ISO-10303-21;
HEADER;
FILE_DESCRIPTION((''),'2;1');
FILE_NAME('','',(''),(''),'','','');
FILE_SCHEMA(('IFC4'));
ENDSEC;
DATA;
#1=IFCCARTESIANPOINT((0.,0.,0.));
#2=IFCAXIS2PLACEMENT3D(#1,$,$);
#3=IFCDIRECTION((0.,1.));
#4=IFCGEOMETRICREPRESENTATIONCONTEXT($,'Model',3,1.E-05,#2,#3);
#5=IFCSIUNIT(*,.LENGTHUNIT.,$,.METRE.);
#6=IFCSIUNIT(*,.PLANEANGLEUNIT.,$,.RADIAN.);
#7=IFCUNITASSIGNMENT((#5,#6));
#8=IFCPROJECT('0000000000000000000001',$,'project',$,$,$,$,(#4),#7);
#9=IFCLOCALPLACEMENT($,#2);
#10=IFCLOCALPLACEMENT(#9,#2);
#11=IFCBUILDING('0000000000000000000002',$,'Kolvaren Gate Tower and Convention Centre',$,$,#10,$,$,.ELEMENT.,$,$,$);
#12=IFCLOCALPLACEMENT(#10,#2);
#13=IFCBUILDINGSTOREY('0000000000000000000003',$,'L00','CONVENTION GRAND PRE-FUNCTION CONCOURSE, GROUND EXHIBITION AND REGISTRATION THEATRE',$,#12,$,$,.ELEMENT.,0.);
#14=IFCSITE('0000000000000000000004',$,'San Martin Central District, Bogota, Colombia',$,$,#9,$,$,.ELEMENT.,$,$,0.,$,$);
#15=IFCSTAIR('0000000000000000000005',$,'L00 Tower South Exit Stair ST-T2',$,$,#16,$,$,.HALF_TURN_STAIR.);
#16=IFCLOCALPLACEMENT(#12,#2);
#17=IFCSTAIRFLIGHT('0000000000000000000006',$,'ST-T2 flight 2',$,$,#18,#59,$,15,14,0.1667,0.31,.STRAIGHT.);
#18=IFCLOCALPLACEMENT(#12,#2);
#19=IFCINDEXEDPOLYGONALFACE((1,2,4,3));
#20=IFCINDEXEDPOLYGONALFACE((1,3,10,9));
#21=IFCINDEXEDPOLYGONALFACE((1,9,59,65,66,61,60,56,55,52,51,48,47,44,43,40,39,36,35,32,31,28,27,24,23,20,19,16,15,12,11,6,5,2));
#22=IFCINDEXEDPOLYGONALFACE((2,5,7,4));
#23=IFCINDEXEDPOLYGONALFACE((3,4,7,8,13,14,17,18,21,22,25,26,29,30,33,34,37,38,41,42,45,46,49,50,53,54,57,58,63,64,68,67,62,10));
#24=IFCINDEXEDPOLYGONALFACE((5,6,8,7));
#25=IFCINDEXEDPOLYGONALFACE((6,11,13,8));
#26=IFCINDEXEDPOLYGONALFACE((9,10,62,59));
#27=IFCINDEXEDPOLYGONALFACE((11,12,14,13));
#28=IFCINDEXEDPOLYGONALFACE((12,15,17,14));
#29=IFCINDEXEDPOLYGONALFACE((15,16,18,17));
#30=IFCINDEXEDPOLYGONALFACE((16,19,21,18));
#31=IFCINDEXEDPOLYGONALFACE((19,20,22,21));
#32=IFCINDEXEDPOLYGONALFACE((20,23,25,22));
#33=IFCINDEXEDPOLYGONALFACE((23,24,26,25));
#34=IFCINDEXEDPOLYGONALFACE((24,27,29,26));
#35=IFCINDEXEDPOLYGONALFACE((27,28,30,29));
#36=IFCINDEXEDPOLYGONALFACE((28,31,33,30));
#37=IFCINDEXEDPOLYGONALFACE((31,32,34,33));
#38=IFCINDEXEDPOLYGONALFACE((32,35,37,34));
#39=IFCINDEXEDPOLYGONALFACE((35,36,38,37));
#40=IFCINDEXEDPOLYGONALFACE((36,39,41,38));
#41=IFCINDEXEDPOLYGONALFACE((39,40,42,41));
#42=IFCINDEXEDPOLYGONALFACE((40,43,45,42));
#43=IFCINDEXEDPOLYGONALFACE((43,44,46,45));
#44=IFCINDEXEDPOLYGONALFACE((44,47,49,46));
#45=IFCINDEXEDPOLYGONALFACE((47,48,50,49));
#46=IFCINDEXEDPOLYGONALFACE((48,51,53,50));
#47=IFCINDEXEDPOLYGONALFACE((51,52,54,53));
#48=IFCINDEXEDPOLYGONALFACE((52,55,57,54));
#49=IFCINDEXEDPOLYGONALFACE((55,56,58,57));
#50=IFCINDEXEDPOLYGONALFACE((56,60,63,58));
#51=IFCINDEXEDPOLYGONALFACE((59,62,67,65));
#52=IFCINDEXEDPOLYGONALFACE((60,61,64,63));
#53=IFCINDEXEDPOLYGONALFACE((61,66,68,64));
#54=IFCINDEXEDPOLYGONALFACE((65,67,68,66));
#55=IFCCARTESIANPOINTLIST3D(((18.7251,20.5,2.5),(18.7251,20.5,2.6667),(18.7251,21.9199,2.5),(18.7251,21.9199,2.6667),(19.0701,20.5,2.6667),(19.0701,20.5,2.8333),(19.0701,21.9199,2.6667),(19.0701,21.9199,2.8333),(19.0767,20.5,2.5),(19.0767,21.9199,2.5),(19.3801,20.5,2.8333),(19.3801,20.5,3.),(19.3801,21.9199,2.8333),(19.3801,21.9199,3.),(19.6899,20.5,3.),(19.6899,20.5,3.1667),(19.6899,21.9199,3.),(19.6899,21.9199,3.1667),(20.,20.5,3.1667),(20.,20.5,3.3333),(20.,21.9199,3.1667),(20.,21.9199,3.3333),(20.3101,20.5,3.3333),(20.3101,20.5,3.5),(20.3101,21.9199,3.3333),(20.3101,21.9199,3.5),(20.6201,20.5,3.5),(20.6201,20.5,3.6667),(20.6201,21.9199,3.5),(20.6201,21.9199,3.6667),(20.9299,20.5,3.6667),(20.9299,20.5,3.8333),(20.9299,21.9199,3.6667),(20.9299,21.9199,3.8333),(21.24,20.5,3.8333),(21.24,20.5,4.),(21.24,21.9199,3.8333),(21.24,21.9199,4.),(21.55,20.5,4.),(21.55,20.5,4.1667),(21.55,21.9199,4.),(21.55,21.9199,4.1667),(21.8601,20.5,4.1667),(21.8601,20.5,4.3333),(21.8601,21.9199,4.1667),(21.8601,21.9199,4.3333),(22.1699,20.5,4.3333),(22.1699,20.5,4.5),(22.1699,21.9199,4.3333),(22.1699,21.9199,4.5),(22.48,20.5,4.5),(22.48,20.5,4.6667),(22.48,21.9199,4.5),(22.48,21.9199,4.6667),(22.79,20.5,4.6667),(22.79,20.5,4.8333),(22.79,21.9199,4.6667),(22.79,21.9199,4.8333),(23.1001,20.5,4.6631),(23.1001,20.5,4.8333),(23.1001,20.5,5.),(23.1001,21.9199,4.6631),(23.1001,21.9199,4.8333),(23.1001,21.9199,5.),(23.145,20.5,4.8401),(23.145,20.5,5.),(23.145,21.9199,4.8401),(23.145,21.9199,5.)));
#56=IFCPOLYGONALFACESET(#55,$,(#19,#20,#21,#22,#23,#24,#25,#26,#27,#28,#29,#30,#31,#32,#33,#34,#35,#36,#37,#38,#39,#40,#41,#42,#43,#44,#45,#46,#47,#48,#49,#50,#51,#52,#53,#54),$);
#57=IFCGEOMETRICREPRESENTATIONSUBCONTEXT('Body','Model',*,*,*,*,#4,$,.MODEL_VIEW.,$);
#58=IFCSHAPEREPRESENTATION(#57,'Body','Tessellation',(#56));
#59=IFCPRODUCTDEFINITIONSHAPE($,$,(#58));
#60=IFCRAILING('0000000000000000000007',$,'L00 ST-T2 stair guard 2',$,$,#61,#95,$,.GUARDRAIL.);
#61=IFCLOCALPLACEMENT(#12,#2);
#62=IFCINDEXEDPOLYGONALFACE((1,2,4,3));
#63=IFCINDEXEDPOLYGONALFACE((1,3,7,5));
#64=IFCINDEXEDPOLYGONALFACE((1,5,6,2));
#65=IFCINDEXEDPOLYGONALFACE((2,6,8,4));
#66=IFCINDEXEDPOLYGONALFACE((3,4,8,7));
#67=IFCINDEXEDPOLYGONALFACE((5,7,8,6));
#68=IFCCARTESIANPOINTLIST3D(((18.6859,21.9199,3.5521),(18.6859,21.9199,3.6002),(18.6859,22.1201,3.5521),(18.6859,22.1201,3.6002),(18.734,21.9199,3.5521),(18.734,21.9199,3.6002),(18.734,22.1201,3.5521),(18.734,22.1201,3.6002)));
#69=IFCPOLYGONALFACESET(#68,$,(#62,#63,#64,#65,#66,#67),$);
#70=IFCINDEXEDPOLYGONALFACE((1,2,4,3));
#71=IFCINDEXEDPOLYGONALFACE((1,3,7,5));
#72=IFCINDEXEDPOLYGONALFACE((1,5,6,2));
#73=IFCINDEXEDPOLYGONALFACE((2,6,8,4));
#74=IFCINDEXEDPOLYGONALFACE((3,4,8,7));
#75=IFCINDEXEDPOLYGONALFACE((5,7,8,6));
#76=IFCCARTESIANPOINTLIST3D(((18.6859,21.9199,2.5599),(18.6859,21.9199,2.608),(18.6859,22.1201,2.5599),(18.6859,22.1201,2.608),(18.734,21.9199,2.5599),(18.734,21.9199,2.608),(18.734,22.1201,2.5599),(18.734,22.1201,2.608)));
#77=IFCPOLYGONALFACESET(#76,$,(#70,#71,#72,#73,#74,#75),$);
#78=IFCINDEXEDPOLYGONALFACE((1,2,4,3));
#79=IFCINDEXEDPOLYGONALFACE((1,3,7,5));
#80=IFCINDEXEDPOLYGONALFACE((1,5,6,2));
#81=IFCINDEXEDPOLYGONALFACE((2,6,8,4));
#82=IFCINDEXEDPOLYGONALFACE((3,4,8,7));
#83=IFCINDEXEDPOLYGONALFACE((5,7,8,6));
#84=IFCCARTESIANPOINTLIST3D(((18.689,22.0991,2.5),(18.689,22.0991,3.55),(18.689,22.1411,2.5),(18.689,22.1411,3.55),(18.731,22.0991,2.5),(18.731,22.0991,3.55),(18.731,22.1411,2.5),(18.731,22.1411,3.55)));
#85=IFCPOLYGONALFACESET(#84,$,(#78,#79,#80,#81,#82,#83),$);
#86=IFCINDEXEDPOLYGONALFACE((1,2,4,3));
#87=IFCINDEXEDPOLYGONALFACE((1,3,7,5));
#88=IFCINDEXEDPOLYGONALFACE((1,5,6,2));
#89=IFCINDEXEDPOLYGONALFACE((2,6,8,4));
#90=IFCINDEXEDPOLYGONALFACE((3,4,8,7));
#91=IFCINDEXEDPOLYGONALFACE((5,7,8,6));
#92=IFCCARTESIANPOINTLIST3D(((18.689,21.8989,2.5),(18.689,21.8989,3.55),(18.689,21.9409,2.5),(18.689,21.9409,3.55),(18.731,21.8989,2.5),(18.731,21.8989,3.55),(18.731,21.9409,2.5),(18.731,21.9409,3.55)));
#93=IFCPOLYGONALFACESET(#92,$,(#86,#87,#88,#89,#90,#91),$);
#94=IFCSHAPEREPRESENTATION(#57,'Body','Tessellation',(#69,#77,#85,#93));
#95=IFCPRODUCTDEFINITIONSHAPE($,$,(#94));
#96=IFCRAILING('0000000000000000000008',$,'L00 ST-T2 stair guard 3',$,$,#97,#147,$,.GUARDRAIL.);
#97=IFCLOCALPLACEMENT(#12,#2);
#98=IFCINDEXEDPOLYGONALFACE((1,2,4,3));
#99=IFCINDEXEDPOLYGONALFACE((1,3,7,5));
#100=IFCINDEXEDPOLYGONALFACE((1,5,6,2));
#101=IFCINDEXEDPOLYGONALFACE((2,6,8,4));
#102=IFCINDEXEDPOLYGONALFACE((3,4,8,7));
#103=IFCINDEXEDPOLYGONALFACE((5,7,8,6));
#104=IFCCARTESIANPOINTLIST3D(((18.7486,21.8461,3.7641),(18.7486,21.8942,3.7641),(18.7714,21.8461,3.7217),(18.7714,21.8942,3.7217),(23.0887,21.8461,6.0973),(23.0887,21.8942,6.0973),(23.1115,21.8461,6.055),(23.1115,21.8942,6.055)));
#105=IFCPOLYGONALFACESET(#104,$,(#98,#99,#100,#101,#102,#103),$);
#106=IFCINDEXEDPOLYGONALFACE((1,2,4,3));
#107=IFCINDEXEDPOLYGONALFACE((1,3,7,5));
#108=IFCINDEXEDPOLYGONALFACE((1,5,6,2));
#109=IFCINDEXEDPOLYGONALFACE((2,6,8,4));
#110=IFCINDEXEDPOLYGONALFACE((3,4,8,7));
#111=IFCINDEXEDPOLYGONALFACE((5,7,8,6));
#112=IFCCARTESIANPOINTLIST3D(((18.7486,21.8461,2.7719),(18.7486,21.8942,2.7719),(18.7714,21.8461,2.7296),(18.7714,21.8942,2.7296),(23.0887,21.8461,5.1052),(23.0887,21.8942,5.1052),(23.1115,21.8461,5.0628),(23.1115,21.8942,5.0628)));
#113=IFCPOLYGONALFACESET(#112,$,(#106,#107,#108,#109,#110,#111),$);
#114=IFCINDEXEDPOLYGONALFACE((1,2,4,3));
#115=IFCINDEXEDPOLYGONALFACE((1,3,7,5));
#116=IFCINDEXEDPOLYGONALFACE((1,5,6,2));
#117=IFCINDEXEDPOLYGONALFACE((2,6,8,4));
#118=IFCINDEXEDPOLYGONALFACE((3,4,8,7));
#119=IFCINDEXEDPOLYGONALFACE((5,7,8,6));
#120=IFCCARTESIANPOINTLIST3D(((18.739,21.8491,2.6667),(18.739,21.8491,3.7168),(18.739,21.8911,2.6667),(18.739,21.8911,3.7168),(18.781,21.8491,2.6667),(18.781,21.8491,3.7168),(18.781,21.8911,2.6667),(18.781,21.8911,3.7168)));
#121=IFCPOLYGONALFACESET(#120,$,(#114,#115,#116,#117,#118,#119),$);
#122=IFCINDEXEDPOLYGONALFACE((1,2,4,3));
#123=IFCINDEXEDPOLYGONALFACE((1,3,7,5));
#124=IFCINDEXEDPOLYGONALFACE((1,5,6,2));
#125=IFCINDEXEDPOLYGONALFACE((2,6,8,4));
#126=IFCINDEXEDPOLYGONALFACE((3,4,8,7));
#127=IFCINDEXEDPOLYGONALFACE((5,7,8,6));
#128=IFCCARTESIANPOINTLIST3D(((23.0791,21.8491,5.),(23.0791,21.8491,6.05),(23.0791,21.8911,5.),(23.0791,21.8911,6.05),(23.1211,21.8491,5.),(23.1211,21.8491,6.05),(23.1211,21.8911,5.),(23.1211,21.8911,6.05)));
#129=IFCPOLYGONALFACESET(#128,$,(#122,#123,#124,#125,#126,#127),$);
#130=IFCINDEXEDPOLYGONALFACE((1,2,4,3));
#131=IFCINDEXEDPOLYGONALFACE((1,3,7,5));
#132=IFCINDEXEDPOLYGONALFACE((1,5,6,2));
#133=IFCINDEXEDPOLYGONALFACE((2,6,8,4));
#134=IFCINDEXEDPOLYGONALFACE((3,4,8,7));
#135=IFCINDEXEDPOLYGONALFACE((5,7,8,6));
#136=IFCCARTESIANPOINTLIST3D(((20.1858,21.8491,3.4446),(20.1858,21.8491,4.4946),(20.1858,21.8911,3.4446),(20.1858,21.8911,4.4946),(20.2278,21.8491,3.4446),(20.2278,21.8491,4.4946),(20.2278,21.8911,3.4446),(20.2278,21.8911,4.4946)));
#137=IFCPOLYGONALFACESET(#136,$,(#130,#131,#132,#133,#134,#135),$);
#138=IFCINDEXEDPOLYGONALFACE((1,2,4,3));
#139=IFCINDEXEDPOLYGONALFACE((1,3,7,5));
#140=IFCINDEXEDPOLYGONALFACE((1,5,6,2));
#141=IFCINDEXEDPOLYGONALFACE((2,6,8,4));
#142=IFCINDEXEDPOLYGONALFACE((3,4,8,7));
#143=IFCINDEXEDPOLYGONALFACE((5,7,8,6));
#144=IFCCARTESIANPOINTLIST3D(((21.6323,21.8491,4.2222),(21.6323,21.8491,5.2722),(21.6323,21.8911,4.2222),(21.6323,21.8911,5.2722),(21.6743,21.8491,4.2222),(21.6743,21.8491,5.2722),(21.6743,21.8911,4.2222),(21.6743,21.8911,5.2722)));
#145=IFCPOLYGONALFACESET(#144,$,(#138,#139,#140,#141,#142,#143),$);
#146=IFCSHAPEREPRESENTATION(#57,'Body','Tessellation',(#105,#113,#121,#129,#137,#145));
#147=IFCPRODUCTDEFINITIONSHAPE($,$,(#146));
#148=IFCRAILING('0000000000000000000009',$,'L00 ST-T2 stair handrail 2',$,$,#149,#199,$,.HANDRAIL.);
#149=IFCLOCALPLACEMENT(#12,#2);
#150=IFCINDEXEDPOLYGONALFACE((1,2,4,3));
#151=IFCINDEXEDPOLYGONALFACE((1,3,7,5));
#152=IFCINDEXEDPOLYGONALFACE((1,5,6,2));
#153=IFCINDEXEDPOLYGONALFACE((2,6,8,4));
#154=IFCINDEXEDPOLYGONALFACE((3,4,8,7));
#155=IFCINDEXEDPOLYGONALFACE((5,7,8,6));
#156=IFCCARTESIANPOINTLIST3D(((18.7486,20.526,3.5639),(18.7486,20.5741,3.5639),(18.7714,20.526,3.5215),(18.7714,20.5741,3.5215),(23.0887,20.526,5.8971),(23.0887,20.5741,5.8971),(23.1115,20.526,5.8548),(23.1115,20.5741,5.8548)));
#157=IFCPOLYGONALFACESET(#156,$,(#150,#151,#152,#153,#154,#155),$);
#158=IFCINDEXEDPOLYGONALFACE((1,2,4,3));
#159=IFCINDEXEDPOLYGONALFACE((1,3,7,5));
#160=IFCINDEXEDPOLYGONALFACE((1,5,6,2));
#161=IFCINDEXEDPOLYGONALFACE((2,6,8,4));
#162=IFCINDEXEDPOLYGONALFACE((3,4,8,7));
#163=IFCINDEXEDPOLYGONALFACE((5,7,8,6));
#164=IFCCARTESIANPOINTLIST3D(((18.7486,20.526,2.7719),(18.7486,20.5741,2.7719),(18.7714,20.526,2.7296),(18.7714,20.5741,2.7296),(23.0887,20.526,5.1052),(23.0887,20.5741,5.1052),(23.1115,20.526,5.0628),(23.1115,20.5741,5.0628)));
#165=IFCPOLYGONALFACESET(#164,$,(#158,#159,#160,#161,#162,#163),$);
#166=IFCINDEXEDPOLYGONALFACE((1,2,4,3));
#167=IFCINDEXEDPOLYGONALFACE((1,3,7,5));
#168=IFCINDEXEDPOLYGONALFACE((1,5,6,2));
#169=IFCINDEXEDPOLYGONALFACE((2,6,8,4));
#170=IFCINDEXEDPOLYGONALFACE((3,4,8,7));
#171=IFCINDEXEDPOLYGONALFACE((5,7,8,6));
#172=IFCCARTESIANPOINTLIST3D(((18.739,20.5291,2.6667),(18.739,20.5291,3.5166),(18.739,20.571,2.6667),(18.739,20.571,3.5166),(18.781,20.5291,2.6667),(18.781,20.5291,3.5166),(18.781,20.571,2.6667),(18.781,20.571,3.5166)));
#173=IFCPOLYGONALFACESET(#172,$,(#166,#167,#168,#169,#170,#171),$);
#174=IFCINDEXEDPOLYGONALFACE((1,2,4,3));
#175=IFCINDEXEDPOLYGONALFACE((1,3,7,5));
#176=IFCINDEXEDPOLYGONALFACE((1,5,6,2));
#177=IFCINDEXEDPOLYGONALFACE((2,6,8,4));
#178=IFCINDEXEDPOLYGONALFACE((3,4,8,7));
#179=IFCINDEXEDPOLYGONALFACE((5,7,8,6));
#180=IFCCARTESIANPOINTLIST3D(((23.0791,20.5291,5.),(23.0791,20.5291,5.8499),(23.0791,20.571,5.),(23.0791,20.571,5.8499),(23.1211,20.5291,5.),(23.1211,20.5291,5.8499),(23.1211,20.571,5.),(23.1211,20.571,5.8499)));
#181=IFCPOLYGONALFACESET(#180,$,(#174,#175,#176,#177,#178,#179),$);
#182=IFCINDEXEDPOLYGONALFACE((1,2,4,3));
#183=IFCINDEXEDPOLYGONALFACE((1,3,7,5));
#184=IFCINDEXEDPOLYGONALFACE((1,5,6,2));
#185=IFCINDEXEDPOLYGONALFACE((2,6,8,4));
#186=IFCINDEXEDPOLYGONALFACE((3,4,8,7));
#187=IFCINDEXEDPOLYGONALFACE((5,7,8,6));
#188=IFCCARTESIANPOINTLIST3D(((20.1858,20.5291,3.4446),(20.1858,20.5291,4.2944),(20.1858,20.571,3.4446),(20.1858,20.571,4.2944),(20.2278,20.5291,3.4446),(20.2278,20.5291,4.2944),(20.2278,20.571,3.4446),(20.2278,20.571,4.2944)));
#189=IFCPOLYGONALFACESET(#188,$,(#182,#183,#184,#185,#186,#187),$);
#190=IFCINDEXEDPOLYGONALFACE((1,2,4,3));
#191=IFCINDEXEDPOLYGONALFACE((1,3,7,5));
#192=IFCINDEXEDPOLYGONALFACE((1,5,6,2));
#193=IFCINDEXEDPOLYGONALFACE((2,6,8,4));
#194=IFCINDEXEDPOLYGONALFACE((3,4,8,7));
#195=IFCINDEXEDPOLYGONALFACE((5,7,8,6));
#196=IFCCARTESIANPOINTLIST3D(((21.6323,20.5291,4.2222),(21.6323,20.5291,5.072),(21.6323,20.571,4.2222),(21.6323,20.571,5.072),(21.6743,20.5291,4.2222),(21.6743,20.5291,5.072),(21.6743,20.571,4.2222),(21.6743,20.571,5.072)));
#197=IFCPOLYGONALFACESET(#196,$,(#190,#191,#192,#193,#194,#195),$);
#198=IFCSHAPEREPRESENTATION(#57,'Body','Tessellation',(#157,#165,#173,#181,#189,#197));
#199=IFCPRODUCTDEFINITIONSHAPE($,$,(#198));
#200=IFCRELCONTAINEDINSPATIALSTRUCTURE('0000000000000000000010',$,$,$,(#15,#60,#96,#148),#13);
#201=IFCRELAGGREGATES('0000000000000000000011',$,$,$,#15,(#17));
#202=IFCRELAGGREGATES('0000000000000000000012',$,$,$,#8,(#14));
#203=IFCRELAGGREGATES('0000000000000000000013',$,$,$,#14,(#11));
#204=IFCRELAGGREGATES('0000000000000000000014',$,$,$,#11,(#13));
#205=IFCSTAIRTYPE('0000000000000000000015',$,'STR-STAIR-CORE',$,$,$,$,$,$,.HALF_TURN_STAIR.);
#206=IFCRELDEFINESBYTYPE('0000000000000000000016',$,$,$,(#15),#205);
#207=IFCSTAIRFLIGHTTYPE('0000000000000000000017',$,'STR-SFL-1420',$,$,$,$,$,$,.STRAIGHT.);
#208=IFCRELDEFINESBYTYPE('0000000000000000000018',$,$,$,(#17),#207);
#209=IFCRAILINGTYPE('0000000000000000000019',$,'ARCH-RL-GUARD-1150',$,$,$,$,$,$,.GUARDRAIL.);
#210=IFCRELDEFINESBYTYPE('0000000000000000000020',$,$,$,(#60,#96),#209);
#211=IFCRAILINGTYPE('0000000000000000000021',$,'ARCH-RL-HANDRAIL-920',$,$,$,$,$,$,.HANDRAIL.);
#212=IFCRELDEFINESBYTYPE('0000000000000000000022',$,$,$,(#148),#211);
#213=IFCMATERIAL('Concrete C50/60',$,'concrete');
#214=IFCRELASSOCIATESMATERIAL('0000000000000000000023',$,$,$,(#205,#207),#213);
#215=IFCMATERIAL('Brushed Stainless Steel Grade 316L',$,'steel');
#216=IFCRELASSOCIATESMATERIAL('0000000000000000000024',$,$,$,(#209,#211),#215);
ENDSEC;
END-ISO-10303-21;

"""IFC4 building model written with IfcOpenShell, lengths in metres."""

from ifc_helpers import new_model, si_unit, direction, frame, origin, origin_2d, place, context, subcontext, project, spatial, polyline, rectangle, outline, extrude, material, type_object, element, aggregate, save


model = new_model("IFC4")

# Units and contexts
model_context = context("Model", 3, precision=1e-05, world=origin(), true_north=direction((0.0, 1.0)))
body_context = subcontext(model_context, "Body", "Model", "MODEL_VIEW")
ifc_project = project(units=[si_unit("LENGTHUNIT", "METRE"), si_unit("PLANEANGLEUNIT", "RADIAN")], contexts=[model_context])

# Site, building, storey
site_placement = place(None, origin())
site = spatial("IfcSite", under=ifc_project, at=site_placement, Name="San Martin Central District, Bogota, Colombia", CompositionType="ELEMENT", RefElevation=0.0)
building_placement = place(site_placement, origin())
building = spatial("IfcBuilding", under=site, at=building_placement, Name="Kolvaren Gate Tower and Convention Centre", CompositionType="ELEMENT")
storey_placement = place(building_placement, origin())
storey = spatial("IfcBuildingStorey", under=building, at=storey_placement, Name="L00", Description="CONVENTION GRAND PRE-FUNCTION CONCOURSE, GROUND EXHIBITION AND REGISTRATION THEATRE", CompositionType="ELEMENT", Elevation=0.0)

# Shared definitions
ifc_material_1 = material(Name="Brushed Stainless Steel Grade 316L", Category="steel")

# Shared definitions
ifc_material_2 = material(Name="Concrete C50/60", Category="concrete")

# Stair, stair flight
stair_type = type_object("IfcStairType", Name="STR-STAIR-CORE", PredefinedType="HALF_TURN_STAIR", material=ifc_material_2)
stair_placement = place(storey_placement, origin())
stair = element("IfcStair", 1, at=stair_placement, inside=storey, type_object=stair_type, Name="L00 Tower South Exit Stair ST-T2", PredefinedType="HALF_TURN_STAIR")
stair_flight_type = type_object("IfcStairFlightType", Name="STR-SFL-1420", PredefinedType="STRAIGHT", material=ifc_material_2)
stair_flight_placement = place(storey_placement, frame((18.76, 21.21, 2.5), z_axis=(0.0, 0.0, 1.0), x_axis=(1.0, 0.0, 0.0)))
stair_flight = element("IfcStairFlight", 2, at=stair_flight_placement, type_object=stair_flight_type, Name="ST-T2 flight 2", NumberOfRisers=15, NumberOfTreads=14, PredefinedType="STRAIGHT", RiserHeight=0.1667, TreadLength=0.31, context=body_context, shape_type="SweptSolid", body=[
    extrude(outline(polyline([(-0.0349, 0.0), (-0.0349, 0.1667), (0.3101, 0.1667), (0.3101, 0.3333), (0.6201, 0.3333), (0.6201, 0.5), (0.9299, 0.5), (0.9299, 0.6667), (1.24, 0.6667), (1.24, 0.8333), (1.55, 0.8333), (1.55, 1.0), (1.8601, 1.0), (1.8601, 1.1667), (2.1699, 1.1667), (2.1699, 1.3333), (2.48, 1.3333), (2.48, 1.5), (2.79, 1.5), (2.79, 1.6667), (3.1001, 1.6667), (3.1001, 1.8333), (3.4099, 1.8333), (3.4099, 2.0), (3.72, 2.0), (3.72, 2.1667), (4.03, 2.1667), (4.03, 2.3333), (4.3401, 2.3333), (4.3401, 2.5), (4.385, 2.5), (4.385, 2.3401), (4.3401, 2.1631), (0.3167, 0.0), (-0.0349, 0.0)])), frame((0.0, 0.71, 0.0), z_axis=(0.0, -1.0, 0.0), x_axis=(1.0, 0.0, 0.0)), (0.0, 0.0, 1.0), 1.4199),
])
aggregate(stair, [stair_flight])

# Railings
railing_type_1 = type_object("IfcRailingType", Name="ARCH-RL-GUARD-1150", PredefinedType="GUARDRAIL", material=ifc_material_1)
railing_1_placement = place(storey_placement, frame((18.71, 22.1201, 2.5)))
element("IfcRailing", 3, at=railing_1_placement, inside=storey, type_object=railing_type_1, Name="L00 ST-T2 stair guard 2", PredefinedType="GUARDRAIL", context=body_context, shape_type="SweptSolid", body=[
    extrude(rectangle(XDim=0.0481, YDim=0.0481, at=origin_2d()), frame((0.0, 0.0, 1.0762), z_axis=(0.0, -1.0, 0.0), x_axis=(1.0, 0.0, 0.0)), (0.0, 0.0, 1.0), 0.2002),
    extrude(rectangle(XDim=0.0481, YDim=0.0481, at=origin_2d()), frame((0.0, 0.0, 0.084), z_axis=(0.0, -1.0, 0.0), x_axis=(1.0, 0.0, 0.0)), (0.0, 0.0, 1.0), 0.2002),
    extrude(rectangle(XDim=0.042, YDim=0.042, at=origin_2d()), origin(), (0.0, 0.0, 1.0), 1.05),
    extrude(rectangle(XDim=0.042, YDim=0.042, at=origin_2d()), frame((0.0, -0.2002, 0.0)), (0.0, 0.0, 1.0), 1.05),
])
railing_2_placement = place(storey_placement, frame((18.76, 21.8701, 2.6667)))
element("IfcRailing", 4, at=railing_2_placement, inside=storey, type_object=railing_type_1, Name="L00 ST-T2 stair guard 3", PredefinedType="GUARDRAIL", context=body_context, shape_type="SweptSolid", body=[
    extrude(rectangle(XDim=0.0481, YDim=0.0481, at=origin_2d()), frame((0.0, 0.0, 1.0762), z_axis=(0.880786, 0.0, 0.473515), x_axis=(0.0, 1.0, 0.0)), (0.0, 0.0, 1.0), 4.9275),
    extrude(rectangle(XDim=0.0481, YDim=0.0481, at=origin_2d()), frame((0.0, 0.0, 0.084), z_axis=(0.880786, 0.0, 0.473515), x_axis=(0.0, 1.0, 0.0)), (0.0, 0.0, 1.0), 4.9275),
    extrude(rectangle(XDim=0.042, YDim=0.042, at=origin_2d()), origin(), (0.0, 0.0, 1.0), 1.05),
    extrude(rectangle(XDim=0.042, YDim=0.042, at=origin_2d()), frame((4.3401, 0.0, 2.3333)), (0.0, 0.0, 1.0), 1.05),
    extrude(rectangle(XDim=0.042, YDim=0.042, at=origin_2d()), frame((1.4468, 0.0, 0.7778)), (0.0, 0.0, 1.0), 1.05),
    extrude(rectangle(XDim=0.042, YDim=0.042, at=origin_2d()), frame((2.8933, 0.0, 1.5554)), (0.0, 0.0, 1.0), 1.05),
])
railing_type_2 = type_object("IfcRailingType", Name="ARCH-RL-HANDRAIL-920", PredefinedType="HANDRAIL", material=ifc_material_1)
railing_3_placement = place(storey_placement, frame((18.76, 20.55, 2.6667)))
element("IfcRailing", 5, at=railing_3_placement, inside=storey, type_object=railing_type_2, Name="L00 ST-T2 stair handrail 2", PredefinedType="HANDRAIL", context=body_context, shape_type="SweptSolid", body=[
    extrude(rectangle(XDim=0.0481, YDim=0.0481, at=origin_2d()), frame((0.0, 0.0, 0.876), z_axis=(0.880786, 0.0, 0.473515), x_axis=(0.0, 1.0, 0.0)), (0.0, 0.0, 1.0), 4.9275),
    extrude(rectangle(XDim=0.0481, YDim=0.0481, at=origin_2d()), frame((0.0, 0.0, 0.084), z_axis=(0.880786, 0.0, 0.473515), x_axis=(0.0, 1.0, 0.0)), (0.0, 0.0, 1.0), 4.9275),
    extrude(rectangle(XDim=0.042, YDim=0.042, at=origin_2d()), origin(), (0.0, 0.0, 1.0), 0.8499),
    extrude(rectangle(XDim=0.042, YDim=0.042, at=origin_2d()), frame((4.3401, 0.0, 2.3333)), (0.0, 0.0, 1.0), 0.8499),
    extrude(rectangle(XDim=0.042, YDim=0.042, at=origin_2d()), frame((1.4468, 0.0, 0.7778)), (0.0, 0.0, 1.0), 0.8499),
    extrude(rectangle(XDim=0.042, YDim=0.042, at=origin_2d()), frame((2.8933, 0.0, 1.5554)), (0.0, 0.0, 1.0), 0.8499),
])

save(model, "model.ifc")
